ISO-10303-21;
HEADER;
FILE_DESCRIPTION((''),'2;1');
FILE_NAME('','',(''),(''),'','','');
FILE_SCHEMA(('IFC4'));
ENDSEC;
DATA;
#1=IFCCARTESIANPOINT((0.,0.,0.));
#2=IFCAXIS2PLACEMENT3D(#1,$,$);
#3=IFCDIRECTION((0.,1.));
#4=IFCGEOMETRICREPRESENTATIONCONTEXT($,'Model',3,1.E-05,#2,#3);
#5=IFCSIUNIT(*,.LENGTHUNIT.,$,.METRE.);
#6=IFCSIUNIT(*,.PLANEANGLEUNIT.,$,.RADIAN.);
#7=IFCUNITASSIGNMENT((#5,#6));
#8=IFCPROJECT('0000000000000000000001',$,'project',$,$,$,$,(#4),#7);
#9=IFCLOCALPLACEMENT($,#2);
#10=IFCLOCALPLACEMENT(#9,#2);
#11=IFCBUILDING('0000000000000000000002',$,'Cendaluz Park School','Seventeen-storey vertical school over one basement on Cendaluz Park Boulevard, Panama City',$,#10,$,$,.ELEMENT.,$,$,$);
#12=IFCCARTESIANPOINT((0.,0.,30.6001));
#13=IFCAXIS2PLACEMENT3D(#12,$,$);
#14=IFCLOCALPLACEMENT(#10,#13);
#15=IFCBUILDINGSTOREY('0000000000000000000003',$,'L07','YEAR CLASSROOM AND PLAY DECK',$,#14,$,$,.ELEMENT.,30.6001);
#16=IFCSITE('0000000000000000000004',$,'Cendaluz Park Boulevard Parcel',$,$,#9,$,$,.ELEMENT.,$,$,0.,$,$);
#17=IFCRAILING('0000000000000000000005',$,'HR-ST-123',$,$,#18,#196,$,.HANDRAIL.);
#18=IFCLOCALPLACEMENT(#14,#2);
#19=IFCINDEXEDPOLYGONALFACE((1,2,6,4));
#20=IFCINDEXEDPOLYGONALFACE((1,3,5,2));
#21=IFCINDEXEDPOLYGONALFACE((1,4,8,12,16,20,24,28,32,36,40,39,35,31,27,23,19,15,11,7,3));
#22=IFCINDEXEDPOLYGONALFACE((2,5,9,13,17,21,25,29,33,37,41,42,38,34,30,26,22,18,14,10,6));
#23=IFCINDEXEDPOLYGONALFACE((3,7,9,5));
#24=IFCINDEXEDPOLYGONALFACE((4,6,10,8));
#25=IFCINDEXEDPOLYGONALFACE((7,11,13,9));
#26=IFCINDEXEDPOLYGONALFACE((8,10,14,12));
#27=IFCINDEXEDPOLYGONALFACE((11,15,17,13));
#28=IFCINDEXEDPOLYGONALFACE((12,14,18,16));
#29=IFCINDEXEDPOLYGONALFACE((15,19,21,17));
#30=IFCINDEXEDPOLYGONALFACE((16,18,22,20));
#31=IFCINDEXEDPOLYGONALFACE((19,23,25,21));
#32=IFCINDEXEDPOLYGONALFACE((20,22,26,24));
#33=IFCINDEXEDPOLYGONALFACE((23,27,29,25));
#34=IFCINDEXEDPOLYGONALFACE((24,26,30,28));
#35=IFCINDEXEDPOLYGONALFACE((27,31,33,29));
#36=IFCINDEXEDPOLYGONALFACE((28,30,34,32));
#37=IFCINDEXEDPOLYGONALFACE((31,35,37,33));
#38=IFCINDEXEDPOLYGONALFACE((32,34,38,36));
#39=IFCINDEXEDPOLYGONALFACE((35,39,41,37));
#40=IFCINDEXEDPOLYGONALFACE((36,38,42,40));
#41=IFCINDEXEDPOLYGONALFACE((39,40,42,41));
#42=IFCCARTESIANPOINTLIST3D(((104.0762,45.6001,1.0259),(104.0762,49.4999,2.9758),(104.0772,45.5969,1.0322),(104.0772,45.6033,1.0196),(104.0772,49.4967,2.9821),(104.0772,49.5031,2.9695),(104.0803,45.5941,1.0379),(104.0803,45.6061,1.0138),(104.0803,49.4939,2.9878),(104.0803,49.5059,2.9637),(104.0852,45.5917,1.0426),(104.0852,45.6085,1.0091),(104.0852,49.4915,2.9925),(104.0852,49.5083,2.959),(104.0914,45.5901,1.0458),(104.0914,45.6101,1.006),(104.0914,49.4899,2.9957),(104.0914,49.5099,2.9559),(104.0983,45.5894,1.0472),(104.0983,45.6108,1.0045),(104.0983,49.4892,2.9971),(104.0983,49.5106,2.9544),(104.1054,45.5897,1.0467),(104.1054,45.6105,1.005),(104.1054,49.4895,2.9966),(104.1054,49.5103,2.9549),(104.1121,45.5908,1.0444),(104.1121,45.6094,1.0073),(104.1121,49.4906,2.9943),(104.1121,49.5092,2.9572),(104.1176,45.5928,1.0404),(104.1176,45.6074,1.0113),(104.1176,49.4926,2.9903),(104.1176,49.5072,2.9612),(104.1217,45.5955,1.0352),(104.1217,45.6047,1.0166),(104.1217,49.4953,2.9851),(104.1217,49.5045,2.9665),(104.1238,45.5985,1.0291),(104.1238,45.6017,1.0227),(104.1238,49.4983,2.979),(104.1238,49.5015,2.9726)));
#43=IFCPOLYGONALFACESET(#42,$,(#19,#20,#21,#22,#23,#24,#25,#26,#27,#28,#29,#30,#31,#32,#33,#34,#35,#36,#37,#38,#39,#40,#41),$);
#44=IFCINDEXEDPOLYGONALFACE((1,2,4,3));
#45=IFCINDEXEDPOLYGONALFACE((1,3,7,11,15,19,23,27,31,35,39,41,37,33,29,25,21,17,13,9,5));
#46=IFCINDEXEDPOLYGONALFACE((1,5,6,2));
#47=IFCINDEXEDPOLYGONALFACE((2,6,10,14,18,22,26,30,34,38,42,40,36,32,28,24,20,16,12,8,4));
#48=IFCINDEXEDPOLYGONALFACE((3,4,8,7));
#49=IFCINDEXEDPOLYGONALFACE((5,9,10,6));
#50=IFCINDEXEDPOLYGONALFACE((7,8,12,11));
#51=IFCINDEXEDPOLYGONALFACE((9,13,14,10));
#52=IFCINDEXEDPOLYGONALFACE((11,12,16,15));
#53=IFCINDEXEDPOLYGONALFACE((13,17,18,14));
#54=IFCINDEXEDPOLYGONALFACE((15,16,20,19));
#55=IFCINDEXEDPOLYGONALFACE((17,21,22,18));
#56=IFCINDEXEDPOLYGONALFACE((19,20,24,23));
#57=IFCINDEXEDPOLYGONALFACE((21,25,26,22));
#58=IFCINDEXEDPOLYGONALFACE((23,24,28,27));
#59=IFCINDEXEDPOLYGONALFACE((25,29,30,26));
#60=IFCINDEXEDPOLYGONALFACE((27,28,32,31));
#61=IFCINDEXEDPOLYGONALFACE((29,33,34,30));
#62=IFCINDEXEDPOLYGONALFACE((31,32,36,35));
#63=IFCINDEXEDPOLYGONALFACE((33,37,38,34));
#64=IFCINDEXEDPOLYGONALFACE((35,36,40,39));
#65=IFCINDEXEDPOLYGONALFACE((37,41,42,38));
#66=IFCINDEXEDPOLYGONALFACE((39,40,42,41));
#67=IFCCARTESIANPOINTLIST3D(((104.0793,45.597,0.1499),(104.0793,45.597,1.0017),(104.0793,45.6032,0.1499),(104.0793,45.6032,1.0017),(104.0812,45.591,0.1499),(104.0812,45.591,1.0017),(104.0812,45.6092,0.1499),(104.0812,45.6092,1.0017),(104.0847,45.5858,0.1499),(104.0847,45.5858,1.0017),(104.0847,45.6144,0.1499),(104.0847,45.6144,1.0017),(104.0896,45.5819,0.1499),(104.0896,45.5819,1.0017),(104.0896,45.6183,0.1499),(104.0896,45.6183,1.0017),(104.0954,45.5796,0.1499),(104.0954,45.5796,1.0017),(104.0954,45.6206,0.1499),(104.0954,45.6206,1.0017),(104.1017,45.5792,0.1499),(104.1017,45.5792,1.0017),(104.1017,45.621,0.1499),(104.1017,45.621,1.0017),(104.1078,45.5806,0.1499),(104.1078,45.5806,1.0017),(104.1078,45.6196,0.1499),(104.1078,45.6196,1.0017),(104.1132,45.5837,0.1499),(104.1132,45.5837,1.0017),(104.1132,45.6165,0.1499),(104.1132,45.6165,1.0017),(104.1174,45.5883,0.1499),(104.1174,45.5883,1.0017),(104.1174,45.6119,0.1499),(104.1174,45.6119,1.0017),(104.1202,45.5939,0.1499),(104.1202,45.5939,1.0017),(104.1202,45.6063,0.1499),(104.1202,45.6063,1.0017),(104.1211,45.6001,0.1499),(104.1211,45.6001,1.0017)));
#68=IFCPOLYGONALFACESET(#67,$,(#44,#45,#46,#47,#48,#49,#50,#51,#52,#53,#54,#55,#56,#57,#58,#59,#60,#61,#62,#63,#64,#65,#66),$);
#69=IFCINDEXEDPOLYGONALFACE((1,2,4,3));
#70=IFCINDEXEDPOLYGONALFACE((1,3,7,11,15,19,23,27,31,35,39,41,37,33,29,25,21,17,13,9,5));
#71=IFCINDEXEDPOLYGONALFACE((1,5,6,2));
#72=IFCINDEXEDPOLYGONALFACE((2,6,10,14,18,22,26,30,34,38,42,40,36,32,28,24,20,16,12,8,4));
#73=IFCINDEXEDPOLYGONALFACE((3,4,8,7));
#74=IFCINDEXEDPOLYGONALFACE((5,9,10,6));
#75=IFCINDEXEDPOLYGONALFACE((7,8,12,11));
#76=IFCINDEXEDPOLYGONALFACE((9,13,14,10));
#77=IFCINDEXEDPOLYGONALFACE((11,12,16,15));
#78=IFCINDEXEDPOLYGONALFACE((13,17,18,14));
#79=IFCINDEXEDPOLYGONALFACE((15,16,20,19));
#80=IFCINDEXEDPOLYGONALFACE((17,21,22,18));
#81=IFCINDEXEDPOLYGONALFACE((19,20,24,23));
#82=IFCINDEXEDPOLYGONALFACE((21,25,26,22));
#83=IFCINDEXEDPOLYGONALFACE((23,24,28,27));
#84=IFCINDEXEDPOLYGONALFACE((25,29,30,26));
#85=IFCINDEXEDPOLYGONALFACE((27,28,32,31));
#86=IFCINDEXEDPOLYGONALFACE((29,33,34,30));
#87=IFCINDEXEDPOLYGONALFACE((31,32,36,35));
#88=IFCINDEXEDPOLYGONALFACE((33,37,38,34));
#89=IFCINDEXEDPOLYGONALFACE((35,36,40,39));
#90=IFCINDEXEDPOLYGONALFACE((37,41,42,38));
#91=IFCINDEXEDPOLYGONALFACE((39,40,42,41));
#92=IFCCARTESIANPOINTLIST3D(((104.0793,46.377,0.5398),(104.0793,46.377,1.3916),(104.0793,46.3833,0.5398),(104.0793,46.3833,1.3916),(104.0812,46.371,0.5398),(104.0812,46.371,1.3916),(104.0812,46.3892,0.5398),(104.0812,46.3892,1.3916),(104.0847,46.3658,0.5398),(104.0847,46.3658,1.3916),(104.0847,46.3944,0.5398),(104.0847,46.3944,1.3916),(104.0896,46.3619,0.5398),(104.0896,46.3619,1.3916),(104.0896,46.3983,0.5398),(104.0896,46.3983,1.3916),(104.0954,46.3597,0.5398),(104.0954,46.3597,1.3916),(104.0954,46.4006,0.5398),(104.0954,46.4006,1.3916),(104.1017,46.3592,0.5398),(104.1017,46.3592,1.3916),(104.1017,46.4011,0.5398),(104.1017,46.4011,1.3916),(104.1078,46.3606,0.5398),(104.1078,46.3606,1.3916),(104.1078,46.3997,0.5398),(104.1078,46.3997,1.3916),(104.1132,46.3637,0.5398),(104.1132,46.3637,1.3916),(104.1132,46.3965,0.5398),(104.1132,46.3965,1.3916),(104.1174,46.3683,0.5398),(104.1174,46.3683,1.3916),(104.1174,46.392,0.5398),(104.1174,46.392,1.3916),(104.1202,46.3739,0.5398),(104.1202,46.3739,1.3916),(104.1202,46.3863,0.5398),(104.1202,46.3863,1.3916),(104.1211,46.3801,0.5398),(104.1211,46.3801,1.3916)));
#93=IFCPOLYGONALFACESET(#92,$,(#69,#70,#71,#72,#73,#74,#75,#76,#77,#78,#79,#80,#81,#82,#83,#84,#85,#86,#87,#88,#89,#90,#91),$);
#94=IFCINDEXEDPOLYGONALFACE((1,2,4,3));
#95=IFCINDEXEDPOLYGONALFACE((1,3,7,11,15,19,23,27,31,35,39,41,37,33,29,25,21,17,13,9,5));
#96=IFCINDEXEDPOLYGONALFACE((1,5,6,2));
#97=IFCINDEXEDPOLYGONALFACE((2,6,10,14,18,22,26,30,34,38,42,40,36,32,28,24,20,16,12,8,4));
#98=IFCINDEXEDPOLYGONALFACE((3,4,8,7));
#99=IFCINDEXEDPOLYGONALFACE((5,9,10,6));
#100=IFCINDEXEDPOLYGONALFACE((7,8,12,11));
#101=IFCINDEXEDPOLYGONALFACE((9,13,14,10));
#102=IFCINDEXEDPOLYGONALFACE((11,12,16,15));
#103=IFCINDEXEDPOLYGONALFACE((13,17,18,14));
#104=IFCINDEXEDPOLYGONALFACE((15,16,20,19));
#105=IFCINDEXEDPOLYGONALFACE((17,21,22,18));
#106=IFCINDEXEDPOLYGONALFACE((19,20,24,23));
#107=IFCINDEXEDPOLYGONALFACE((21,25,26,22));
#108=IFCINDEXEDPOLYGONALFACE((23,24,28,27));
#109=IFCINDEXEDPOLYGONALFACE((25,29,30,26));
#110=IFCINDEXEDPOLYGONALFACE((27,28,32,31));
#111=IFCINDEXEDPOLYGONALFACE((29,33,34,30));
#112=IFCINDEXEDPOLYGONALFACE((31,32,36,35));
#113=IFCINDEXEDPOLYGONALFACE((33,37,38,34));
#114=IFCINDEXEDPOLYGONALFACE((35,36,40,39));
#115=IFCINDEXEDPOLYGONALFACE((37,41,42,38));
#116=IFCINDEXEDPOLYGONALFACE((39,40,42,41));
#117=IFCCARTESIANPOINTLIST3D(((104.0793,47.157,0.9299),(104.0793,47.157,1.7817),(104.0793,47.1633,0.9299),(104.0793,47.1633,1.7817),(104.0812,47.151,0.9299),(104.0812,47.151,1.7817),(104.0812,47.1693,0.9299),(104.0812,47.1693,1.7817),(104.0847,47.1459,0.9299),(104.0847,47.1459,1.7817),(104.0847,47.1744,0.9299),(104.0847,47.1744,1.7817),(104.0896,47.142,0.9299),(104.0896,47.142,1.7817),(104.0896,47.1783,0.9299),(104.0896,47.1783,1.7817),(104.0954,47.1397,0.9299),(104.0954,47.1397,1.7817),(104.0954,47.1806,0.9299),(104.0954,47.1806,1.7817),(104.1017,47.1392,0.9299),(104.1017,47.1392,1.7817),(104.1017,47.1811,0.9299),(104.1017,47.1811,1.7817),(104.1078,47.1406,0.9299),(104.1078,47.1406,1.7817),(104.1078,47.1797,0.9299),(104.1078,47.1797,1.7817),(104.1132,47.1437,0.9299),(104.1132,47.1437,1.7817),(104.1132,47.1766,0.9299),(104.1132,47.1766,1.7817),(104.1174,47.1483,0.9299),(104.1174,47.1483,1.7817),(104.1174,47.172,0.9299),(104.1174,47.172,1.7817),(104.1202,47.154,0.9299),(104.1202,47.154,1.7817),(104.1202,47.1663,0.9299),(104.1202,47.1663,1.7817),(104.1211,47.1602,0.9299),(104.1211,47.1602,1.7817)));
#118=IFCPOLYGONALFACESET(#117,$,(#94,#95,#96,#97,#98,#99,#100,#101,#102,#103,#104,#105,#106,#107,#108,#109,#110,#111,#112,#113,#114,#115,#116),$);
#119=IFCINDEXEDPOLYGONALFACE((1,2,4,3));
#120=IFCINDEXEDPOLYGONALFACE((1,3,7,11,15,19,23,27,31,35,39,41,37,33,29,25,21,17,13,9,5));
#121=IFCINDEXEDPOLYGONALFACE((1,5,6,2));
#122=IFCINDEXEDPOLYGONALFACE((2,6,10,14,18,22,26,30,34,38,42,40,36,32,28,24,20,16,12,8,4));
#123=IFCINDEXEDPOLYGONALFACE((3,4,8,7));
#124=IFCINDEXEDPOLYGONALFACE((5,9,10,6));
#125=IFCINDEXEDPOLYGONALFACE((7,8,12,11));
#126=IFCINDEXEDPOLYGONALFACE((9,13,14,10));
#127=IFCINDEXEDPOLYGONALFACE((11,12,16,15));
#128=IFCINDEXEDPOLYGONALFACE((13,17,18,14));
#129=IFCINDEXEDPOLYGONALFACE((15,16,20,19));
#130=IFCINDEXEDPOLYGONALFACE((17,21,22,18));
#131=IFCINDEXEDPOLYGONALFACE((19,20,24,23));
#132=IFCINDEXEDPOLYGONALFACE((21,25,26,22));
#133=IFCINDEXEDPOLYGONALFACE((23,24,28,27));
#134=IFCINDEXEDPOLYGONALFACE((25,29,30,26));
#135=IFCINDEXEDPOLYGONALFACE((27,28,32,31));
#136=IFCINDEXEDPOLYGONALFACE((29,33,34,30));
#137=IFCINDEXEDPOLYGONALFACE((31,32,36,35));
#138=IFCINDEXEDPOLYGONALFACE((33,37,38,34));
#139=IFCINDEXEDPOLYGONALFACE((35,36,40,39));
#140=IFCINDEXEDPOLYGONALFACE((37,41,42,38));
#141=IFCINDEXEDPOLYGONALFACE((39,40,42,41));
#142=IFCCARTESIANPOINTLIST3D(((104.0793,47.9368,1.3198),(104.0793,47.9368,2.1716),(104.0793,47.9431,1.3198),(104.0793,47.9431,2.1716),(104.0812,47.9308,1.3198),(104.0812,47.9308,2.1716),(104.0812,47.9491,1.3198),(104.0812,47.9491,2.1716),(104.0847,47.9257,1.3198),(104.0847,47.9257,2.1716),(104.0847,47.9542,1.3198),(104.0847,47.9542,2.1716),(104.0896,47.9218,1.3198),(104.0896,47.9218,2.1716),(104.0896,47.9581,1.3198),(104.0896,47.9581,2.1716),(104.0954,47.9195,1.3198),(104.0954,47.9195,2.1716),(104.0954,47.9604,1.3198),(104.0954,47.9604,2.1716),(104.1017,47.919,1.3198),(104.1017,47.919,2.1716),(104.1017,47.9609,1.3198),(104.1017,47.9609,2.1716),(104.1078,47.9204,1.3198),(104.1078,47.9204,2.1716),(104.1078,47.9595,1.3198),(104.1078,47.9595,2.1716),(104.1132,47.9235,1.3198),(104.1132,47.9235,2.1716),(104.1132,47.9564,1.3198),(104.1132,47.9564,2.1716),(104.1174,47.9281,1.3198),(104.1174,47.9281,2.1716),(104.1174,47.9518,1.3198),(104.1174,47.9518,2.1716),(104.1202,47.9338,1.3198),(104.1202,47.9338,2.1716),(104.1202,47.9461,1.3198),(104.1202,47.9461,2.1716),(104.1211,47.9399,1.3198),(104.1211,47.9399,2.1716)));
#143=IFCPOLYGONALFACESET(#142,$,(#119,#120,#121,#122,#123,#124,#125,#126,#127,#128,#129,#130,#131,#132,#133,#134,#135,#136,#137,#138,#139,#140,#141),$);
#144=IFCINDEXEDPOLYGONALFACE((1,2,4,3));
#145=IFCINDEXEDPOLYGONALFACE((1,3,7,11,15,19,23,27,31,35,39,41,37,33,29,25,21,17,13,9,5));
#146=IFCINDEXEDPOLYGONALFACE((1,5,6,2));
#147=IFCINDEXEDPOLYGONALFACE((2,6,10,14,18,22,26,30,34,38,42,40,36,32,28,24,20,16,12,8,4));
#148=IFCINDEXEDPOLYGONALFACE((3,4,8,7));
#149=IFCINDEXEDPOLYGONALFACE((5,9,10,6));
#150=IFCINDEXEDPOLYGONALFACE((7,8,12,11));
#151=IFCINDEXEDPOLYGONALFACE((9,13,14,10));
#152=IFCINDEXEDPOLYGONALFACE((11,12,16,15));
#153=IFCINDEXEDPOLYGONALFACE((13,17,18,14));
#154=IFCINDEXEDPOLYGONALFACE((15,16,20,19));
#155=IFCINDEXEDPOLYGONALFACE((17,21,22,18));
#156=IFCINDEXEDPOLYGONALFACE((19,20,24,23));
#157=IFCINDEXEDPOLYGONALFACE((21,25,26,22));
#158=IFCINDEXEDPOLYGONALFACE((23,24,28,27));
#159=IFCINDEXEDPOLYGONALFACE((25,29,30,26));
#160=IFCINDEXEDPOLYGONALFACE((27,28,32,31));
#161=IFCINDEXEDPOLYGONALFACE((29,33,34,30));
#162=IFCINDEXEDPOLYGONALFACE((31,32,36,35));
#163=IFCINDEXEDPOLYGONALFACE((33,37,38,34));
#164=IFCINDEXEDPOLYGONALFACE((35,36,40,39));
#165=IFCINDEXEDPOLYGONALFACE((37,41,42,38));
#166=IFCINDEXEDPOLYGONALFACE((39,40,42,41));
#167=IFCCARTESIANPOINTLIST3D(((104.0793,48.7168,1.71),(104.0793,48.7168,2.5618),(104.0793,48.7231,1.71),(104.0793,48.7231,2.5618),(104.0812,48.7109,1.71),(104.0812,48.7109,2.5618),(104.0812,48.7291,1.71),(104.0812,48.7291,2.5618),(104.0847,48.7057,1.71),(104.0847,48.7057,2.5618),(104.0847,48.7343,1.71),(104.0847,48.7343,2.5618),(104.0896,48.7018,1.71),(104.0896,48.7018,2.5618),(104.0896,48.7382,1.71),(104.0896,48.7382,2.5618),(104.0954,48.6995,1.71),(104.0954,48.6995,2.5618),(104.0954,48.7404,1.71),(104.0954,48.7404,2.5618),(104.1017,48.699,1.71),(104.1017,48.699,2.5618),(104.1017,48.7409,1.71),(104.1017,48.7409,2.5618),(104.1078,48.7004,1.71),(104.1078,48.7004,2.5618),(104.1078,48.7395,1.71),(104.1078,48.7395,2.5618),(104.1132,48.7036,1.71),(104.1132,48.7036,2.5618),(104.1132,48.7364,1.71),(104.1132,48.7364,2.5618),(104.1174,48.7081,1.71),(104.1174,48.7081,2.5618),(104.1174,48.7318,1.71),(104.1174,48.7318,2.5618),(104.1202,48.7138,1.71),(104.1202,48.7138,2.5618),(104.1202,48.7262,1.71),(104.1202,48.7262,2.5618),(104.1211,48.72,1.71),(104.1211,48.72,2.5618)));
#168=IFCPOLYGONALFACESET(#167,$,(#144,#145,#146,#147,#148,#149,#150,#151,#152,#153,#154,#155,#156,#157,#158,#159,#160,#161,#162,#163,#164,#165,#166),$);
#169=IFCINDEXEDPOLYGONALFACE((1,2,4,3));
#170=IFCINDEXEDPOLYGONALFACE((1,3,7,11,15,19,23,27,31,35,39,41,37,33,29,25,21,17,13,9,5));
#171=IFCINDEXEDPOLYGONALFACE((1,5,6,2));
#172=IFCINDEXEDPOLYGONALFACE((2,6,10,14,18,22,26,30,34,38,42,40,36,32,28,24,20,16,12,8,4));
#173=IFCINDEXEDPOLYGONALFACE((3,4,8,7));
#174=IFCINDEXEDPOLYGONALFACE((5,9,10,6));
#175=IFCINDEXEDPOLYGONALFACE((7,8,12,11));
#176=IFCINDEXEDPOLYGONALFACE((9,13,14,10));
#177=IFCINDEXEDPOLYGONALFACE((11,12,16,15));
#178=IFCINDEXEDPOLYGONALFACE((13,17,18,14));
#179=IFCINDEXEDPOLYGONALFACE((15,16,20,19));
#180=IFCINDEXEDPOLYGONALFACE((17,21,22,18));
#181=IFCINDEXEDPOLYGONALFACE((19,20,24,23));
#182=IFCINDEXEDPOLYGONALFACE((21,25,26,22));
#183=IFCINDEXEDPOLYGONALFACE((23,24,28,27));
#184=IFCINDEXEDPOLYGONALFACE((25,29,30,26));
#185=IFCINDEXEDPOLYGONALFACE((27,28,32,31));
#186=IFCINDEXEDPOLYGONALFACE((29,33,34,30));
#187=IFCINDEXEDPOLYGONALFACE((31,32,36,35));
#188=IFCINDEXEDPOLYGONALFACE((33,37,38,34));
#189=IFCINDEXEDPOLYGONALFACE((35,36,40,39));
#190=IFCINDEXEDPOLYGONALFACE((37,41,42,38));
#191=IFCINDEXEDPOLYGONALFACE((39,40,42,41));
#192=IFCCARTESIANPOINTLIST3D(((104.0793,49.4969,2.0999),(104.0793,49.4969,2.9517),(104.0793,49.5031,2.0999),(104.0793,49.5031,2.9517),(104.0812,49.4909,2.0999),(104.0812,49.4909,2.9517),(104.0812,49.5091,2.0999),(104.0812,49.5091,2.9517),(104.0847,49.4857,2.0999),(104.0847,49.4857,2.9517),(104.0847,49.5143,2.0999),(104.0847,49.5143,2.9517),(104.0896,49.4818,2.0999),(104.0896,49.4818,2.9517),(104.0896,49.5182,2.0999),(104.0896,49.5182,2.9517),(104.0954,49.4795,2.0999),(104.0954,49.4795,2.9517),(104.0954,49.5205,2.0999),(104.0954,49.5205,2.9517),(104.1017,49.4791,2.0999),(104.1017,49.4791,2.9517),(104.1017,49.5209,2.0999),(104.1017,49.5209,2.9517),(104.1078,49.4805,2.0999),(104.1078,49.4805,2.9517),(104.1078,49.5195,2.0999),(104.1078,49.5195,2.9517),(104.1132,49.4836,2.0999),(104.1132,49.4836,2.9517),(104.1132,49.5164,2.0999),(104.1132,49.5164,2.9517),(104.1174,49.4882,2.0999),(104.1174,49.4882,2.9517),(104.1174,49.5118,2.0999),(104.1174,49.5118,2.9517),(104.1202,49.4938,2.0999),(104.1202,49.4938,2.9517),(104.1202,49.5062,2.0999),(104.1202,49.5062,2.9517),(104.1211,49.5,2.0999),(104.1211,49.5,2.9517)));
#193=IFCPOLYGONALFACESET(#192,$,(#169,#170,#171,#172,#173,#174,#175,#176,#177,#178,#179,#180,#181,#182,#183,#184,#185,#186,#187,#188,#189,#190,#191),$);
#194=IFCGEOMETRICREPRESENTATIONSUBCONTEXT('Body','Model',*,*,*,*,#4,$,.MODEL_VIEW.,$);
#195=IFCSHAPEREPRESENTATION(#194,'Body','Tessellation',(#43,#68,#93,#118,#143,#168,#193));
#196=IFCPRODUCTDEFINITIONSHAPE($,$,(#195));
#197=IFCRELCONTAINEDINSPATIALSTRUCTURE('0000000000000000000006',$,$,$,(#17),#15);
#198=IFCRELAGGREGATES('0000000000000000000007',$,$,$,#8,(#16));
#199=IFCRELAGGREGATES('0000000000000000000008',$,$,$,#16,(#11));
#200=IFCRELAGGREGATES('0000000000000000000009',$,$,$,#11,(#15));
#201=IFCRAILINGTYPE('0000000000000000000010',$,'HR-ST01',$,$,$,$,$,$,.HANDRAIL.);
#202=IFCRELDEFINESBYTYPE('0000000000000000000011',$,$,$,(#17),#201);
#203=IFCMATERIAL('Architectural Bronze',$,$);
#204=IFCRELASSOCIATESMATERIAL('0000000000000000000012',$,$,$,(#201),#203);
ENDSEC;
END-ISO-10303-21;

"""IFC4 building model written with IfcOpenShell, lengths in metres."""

from ifc_helpers import new_model, si_unit, direction, frame, origin, origin_2d, place, context, subcontext, project, spatial, circle, extrude, material, type_object, element, save


model = new_model("IFC4")

# Units and contexts
model_context = context("Model", 3, precision=1e-05, world=origin(), true_north=direction((0.0, 1.0)))
body_context = subcontext(model_context, "Body", "Model", "MODEL_VIEW")
ifc_project = project(units=[si_unit("LENGTHUNIT", "METRE"), si_unit("PLANEANGLEUNIT", "RADIAN")], contexts=[model_context])

# Site, building, storey
site_placement = place(None, origin())
site = spatial("IfcSite", under=ifc_project, at=site_placement, Name="Cendaluz Park Boulevard Parcel", CompositionType="ELEMENT", RefElevation=0.0)
building_placement = place(site_placement, origin())
building = spatial("IfcBuilding", under=site, at=building_placement, Name="Cendaluz Park School", Description="Seventeen-storey vertical school over one basement on Cendaluz Park Boulevard, Panama City", CompositionType="ELEMENT")
storey_placement = place(building_placement, frame((0.0, 0.0, 30.6001)))
storey = spatial("IfcBuildingStorey", under=building, at=storey_placement, Name="L07", Description="YEAR CLASSROOM AND PLAY DECK", CompositionType="ELEMENT", Elevation=30.6001)

# Railing
ifc_material_1 = material(Name="Architectural Bronze")
railing_type_1 = type_object("IfcRailingType", Name="HR-ST01", PredefinedType="HANDRAIL", material=ifc_material_1)
railing_1_placement = place(storey_placement, frame((104.1001, 45.6001, 0.1499)))
element("IfcRailing", 1, at=railing_1_placement, inside=storey, type_object=railing_type_1, Name="HR-ST-123", PredefinedType="HANDRAIL", context=body_context, shape_type="SweptSolid", body=[
    extrude(circle(Radius=0.0239, at=origin_2d()), frame((0.0, 0.0, 0.876), z_axis=(0.0, 0.894427, 0.447214), x_axis=(-1.0, 0.0, 0.0)), (0.0, 0.0, 1.0), 4.3601),
    extrude(circle(Radius=0.021, at=origin_2d()), origin(), (0.0, 0.0, 1.0), 0.8518),
    extrude(circle(Radius=0.021, at=origin_2d()), frame((0.0, 0.78, 0.3899)), (0.0, 0.0, 1.0), 0.8518),
    extrude(circle(Radius=0.021, at=origin_2d()), frame((0.0, 1.5601, 0.78)), (0.0, 0.0, 1.0), 0.8518),
    extrude(circle(Radius=0.021, at=origin_2d()), frame((0.0, 2.3398, 1.1699)), (0.0, 0.0, 1.0), 0.8518),
    extrude(circle(Radius=0.021, at=origin_2d()), frame((0.0, 3.1199, 1.5601)), (0.0, 0.0, 1.0), 0.8518),
    extrude(circle(Radius=0.021, at=origin_2d()), frame((0.0, 3.8999, 1.95)), (0.0, 0.0, 1.0), 0.8518),
])

save(model, "model.ifc")
